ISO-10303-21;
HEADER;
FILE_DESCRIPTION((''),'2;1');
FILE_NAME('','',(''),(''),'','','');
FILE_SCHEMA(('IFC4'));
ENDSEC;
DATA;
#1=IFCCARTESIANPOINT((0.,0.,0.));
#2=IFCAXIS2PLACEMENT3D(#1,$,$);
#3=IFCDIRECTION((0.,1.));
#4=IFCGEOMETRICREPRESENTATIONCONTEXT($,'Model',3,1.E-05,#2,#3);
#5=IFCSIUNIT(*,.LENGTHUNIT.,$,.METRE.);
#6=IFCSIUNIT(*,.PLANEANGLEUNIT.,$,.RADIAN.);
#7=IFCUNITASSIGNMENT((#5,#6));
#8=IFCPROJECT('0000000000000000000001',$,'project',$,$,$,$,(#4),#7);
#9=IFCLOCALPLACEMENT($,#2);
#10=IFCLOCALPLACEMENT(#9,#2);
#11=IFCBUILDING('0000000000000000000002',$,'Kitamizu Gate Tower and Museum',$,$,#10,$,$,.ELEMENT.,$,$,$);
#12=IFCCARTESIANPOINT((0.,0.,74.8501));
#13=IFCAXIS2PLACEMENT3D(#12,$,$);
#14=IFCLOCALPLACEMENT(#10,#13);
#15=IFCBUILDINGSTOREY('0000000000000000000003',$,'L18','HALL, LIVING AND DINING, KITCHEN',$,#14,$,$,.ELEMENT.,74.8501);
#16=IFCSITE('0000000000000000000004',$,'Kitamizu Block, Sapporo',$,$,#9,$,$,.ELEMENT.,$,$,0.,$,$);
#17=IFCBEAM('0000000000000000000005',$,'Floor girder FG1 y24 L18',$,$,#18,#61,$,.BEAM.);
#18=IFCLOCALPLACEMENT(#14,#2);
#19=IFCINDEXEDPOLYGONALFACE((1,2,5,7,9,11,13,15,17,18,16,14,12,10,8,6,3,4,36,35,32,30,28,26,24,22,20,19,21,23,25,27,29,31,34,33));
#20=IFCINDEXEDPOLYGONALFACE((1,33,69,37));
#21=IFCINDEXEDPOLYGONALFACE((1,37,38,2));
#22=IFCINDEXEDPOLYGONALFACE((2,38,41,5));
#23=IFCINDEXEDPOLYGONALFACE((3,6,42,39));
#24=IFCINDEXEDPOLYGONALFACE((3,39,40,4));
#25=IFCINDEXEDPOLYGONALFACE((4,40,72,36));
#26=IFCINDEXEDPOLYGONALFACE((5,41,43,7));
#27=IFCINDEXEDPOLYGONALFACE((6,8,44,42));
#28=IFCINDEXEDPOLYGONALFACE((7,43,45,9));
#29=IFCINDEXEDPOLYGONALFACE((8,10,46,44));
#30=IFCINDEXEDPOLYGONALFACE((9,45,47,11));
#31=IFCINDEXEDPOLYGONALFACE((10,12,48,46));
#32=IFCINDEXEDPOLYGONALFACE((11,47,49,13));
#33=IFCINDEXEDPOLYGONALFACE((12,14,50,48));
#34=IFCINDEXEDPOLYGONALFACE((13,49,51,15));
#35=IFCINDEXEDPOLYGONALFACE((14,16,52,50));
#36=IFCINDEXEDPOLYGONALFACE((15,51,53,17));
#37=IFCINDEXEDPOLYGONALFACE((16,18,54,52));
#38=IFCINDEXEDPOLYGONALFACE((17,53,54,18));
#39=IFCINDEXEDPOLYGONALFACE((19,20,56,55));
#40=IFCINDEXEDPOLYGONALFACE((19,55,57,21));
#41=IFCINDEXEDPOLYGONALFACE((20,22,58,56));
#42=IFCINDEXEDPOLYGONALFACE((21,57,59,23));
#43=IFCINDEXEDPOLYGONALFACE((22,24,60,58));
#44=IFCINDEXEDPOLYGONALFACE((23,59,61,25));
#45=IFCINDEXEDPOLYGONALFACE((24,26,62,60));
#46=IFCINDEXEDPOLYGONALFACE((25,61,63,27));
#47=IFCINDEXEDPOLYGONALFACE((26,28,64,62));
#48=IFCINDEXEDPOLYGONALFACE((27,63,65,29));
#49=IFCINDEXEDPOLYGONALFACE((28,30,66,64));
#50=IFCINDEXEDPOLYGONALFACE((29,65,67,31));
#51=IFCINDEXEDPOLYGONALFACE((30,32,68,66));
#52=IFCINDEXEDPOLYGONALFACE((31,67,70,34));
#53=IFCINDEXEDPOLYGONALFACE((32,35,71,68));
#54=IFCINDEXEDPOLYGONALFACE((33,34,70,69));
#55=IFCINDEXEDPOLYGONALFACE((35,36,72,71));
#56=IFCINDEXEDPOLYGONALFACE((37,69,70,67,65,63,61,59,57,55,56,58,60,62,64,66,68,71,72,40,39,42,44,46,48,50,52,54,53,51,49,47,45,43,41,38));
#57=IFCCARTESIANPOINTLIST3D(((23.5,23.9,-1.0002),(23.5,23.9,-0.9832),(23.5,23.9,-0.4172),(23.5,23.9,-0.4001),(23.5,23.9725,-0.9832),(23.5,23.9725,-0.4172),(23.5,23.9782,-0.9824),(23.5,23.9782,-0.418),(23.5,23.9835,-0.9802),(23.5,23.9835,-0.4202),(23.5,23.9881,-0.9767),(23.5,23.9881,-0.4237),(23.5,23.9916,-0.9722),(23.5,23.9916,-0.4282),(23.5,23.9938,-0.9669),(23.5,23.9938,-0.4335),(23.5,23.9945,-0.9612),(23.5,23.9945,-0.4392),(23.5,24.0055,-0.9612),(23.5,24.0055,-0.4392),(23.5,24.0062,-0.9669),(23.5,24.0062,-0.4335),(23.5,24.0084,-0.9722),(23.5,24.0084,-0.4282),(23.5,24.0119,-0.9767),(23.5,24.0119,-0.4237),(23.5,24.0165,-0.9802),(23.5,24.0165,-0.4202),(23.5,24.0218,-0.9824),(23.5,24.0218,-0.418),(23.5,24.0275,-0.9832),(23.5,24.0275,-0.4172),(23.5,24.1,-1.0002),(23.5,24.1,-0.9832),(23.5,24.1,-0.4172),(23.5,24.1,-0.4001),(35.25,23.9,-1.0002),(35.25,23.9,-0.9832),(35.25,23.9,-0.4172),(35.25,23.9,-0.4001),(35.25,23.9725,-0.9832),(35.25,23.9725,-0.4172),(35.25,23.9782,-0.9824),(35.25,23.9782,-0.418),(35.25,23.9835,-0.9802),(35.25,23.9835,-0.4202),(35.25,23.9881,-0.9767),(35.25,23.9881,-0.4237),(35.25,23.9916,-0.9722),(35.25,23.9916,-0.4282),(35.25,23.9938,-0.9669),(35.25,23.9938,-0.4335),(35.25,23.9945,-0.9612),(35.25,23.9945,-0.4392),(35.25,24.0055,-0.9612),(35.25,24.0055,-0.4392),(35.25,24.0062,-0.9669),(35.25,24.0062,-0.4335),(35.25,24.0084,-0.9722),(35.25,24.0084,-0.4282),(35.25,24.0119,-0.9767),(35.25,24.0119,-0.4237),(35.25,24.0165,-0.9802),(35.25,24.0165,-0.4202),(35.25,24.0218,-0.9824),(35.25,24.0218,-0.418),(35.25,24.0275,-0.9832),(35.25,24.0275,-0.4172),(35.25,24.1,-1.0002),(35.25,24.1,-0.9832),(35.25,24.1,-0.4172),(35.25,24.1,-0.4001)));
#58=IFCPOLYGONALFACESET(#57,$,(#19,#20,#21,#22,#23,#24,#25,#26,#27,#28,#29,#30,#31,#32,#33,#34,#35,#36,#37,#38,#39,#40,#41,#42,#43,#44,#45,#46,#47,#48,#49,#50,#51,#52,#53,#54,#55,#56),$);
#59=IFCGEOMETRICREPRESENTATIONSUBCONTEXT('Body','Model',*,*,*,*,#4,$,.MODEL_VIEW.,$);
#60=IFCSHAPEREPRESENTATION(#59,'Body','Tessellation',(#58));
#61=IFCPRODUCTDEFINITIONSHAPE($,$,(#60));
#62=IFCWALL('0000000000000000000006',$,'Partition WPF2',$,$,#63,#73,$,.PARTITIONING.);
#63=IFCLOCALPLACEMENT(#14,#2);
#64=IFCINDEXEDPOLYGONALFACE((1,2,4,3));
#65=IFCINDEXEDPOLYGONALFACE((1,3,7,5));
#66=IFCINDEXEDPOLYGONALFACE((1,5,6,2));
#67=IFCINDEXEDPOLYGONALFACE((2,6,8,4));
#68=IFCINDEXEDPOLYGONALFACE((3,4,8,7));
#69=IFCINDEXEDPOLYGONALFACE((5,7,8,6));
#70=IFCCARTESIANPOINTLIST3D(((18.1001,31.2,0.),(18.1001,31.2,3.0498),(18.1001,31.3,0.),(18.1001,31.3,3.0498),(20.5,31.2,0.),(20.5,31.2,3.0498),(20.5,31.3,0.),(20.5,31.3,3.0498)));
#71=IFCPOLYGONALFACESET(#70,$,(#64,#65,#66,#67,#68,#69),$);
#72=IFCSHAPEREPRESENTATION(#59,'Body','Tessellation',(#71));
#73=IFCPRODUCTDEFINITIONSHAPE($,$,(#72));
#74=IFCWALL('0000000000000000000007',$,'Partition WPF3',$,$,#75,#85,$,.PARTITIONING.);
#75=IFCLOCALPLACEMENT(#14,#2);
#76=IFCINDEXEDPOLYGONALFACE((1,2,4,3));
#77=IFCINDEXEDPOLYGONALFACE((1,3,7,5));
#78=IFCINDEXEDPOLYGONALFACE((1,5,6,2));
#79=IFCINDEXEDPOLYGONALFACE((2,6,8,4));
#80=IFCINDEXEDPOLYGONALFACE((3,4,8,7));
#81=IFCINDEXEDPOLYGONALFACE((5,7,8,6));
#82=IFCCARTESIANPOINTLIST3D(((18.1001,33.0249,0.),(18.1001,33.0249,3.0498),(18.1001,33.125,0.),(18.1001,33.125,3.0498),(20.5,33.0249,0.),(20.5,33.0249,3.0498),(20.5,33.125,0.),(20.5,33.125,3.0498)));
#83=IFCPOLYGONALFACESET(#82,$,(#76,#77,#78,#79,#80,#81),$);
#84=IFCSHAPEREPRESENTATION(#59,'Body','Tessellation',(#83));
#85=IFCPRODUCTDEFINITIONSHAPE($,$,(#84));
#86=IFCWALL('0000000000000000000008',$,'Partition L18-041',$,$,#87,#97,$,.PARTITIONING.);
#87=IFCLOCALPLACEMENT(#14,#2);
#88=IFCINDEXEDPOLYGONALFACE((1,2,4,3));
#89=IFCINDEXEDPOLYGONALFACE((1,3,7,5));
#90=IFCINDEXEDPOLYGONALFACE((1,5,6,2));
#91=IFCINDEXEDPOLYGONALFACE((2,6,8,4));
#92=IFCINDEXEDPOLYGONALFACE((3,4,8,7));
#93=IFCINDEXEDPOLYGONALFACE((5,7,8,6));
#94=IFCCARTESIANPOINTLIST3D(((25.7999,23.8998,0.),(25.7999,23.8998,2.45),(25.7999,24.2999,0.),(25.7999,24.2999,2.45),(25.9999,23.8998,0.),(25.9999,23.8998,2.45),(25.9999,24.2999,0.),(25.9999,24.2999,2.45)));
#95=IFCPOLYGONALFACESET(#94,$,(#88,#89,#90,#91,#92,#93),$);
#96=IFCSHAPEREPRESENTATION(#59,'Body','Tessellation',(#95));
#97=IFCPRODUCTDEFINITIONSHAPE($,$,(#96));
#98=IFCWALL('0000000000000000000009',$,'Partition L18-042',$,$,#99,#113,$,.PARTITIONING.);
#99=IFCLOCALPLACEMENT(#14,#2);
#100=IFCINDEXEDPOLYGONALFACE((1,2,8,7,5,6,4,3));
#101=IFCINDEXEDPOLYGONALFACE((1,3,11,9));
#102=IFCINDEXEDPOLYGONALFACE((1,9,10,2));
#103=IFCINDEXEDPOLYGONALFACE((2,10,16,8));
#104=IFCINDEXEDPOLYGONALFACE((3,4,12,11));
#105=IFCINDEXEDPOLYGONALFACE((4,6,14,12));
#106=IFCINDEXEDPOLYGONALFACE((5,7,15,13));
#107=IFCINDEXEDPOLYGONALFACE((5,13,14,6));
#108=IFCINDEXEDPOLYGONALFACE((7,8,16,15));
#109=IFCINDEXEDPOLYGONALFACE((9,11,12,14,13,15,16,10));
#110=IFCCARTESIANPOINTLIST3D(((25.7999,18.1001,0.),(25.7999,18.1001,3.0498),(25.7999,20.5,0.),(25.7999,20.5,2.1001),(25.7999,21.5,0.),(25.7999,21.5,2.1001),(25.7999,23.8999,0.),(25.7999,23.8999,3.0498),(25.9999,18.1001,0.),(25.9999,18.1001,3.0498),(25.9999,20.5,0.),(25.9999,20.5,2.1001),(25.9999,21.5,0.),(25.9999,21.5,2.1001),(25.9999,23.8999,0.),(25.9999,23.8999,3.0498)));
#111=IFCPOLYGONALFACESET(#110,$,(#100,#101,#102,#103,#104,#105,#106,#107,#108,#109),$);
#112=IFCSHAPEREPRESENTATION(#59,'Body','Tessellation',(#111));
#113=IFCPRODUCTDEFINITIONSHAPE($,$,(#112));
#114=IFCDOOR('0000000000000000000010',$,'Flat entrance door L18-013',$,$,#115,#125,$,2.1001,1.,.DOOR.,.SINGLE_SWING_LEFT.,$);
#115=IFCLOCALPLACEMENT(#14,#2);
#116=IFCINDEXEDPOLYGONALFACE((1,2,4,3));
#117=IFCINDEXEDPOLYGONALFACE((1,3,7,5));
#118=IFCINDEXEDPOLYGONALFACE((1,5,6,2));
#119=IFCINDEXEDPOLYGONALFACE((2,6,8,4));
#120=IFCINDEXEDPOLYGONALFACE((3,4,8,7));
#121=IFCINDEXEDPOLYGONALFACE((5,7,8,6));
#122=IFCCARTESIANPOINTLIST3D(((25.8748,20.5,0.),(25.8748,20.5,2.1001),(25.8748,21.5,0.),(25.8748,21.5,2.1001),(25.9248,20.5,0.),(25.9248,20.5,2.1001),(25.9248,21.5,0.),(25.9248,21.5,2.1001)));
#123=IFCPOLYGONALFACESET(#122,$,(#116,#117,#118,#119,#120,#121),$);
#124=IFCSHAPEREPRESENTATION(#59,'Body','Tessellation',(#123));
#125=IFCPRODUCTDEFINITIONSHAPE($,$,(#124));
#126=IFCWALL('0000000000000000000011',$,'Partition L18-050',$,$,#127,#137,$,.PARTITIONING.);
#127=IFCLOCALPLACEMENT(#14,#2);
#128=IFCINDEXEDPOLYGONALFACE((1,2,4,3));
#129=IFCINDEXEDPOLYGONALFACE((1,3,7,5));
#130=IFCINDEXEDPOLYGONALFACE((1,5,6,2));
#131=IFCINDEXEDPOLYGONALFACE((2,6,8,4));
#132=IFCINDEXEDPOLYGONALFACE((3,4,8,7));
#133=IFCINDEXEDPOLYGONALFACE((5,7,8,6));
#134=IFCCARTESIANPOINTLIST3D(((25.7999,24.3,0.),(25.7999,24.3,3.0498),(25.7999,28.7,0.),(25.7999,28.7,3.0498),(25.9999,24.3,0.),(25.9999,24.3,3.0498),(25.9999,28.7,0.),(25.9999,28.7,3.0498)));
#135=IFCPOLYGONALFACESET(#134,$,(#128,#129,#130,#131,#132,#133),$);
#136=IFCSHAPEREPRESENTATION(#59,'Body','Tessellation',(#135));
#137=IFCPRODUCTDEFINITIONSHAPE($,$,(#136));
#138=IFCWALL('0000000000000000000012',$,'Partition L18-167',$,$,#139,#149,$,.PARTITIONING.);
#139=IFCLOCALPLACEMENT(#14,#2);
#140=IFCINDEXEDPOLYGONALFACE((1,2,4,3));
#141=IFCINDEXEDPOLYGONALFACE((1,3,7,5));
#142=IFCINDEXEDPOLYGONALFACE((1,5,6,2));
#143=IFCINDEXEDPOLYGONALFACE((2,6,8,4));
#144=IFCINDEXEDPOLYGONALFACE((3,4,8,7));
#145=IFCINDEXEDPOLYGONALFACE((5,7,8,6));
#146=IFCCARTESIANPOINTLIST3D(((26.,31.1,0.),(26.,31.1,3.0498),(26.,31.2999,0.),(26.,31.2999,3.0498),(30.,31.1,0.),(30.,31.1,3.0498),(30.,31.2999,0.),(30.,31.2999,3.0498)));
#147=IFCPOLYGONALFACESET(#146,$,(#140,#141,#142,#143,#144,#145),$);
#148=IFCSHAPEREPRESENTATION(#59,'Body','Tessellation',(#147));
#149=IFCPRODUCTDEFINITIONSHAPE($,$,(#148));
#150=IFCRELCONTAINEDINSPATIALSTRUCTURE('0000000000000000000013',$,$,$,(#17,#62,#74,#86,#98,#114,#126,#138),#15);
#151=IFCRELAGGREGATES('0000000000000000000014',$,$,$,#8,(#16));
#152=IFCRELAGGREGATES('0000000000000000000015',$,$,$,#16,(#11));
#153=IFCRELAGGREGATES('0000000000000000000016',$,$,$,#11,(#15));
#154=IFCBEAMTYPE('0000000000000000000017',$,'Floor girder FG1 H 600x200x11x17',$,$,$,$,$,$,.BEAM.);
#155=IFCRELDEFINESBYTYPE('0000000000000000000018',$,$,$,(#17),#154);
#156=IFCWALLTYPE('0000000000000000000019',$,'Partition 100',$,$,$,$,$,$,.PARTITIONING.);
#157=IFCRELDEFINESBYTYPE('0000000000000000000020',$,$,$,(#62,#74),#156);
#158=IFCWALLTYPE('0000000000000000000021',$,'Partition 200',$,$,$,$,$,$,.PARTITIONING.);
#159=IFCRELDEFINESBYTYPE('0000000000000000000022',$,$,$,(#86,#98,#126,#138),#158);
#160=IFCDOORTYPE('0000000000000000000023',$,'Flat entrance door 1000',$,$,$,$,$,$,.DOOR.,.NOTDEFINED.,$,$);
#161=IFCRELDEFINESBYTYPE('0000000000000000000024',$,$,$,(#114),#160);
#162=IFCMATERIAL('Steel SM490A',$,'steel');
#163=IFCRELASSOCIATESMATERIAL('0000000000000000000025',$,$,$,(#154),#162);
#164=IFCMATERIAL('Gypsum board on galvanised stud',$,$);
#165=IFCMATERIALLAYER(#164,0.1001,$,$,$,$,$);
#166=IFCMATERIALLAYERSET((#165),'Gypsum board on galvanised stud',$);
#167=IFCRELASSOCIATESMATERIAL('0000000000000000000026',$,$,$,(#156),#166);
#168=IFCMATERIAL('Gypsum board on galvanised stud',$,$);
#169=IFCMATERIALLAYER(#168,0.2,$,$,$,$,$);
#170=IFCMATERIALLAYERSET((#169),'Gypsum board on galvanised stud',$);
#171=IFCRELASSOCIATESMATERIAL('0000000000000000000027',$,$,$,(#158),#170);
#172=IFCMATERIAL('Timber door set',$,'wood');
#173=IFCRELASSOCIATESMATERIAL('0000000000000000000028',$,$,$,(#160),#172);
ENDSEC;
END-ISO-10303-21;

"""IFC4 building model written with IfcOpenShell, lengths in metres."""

from ifc_helpers import new_model, si_unit, direction, frame, frame_2d, origin, origin_2d, place, context, subcontext, project, spatial, rectangle, i_section, extrude, material, layer, layer_set, material_profile, profile_set, type_object, element, fill, save


model = new_model("IFC4")

# Units and contexts
model_context = context("Model", 3, precision=1e-05, world=origin(), true_north=direction((0.0, 1.0)))
body_context = subcontext(model_context, "Body", "Model", "MODEL_VIEW")
ifc_project = project(units=[si_unit("LENGTHUNIT", "METRE"), si_unit("PLANEANGLEUNIT", "RADIAN")], contexts=[model_context])

# Site, building, storey
site_placement = place(None, origin())
site = spatial("IfcSite", under=ifc_project, at=site_placement, Name="Kitamizu Block, Sapporo", CompositionType="ELEMENT", RefElevation=0.0)
building_placement = place(site_placement, origin())
building = spatial("IfcBuilding", under=site, at=building_placement, Name="Kitamizu Gate Tower and Museum", CompositionType="ELEMENT")
storey_placement = place(building_placement, frame((0.0, 0.0, 74.8501)))
storey = spatial("IfcBuildingStorey", under=building, at=storey_placement, Name="L18", Description="HALL, LIVING AND DINING, KITCHEN", CompositionType="ELEMENT", Elevation=74.8501)

# Beam
ifc_material_1 = material(Name="Steel SM490A", Category="steel")
ifc_material_profile = material_profile(ifc_material_1, i_section(OverallWidth=0.2, OverallDepth=0.6001, WebThickness=0.011, FlangeThickness=0.0171, FilletRadius=0.022, at=origin_2d()), Name="H-600x200x11x17")
ifc_profile_set = profile_set([ifc_material_profile], Name="Steel SM490A")
beam_type = type_object("IfcBeamType", Name="Floor girder FG1 H 600x200x11x17", PredefinedType="BEAM", material=ifc_profile_set)
beam_placement = place(storey_placement, frame((23.5, 24.0, -0.7002), z_axis=(1.0, 0.0, 0.0), x_axis=(0.0, 1.0, 0.0)))
element("IfcBeam", 1, at=beam_placement, inside=storey, type_object=beam_type, Name="Floor girder FG1 y24 L18", PredefinedType="BEAM", context=body_context, shape_type="SweptSolid", body=[
    extrude(i_section(OverallWidth=0.2, OverallDepth=0.6001, WebThickness=0.011, FlangeThickness=0.0171, FilletRadius=0.022, at=origin_2d()), origin(), (0.0, 0.0, 1.0), 11.75),
])

# Walls
ifc_material_2 = material(Name="Gypsum board on galvanised stud")
ifc_layer_1 = layer(ifc_material_2, 0.1001)
ifc_layer_set_1 = layer_set([ifc_layer_1], Name="Gypsum board on galvanised stud")
wall_type_1 = type_object("IfcWallType", Name="Partition 100", PredefinedType="PARTITIONING", material=ifc_layer_set_1)
for number, where, z_axis, x_axis, name in (
    (2, (18.1001, 31.25, 0.0), (0.0, 0.0, 1.0), (1.0, 0.0, 0.0), "Partition WPF2"),
    (3, (18.1001, 33.075, 0.0), (0.0, 0.0, 1.0), (1.0, 0.0, 0.0), "Partition WPF3"),
):
    element("IfcWall", number, at=place(storey_placement, frame(where, z_axis=z_axis, x_axis=x_axis)), inside=storey, type_object=wall_type_1, Name=name, PredefinedType="PARTITIONING", context=body_context, shape_type="SweptSolid", body=[
        extrude(rectangle(XDim=2.3999, YDim=0.1001, at=frame_2d((1.2, 0.0))), origin(), (0.0, 0.0, 1.0), 3.0498),
    ])
ifc_material_3 = material(Name="Gypsum board on galvanised stud")
ifc_layer_2 = layer(ifc_material_3, 0.2)
ifc_layer_set_2 = layer_set([ifc_layer_2], Name="Gypsum board on galvanised stud")
wall_type_2 = type_object("IfcWallType", Name="Partition 200", PredefinedType="PARTITIONING", material=ifc_layer_set_2)
wall_1_placement = place(storey_placement, frame((25.8999, 24.3, 0.0), z_axis=(0.0, 0.0, 1.0), x_axis=(0.0, -1.0, 0.0)))
element("IfcWall", 4, at=wall_1_placement, inside=storey, type_object=wall_type_2, Name="Partition L18-041", PredefinedType="PARTITIONING", context=body_context, shape_type="SweptSolid", body=[
    extrude(rectangle(XDim=0.4001, YDim=0.2, at=frame_2d((0.2002, 0.0))), origin(), (0.0, 0.0, 1.0), 2.45),
])

# Wall, opening, door
wall_2_placement = place(storey_placement, frame((25.8999, 23.8999, 0.0), z_axis=(0.0, 0.0, 1.0), x_axis=(0.0, -1.0, 0.0)))
wall_2 = element("IfcWall", 5, at=wall_2_placement, inside=storey, type_object=wall_type_2, Name="Partition L18-042", PredefinedType="PARTITIONING", context=body_context, shape_type="SweptSolid", body=[
    extrude(rectangle(XDim=5.7998, YDim=0.2, at=frame_2d((2.8999, 0.0))), origin(), (0.0, 0.0, 1.0), 3.0498),
])
opening_1_placement = place(wall_2_placement, frame((2.3999, 0.0, 0.0)))
opening_1 = element("IfcOpeningElement", 6, at=opening_1_placement, cuts=wall_2, PredefinedType="OPENING", context=body_context, shape_type="SweptSolid", body=[
    extrude(rectangle(XDim=1.0, YDim=2.1001, at=frame_2d((0.5, 1.05))), frame((0.0, 0.1099, 0.0), z_axis=(0.0, -1.0, 0.0), x_axis=(1.0, 0.0, 0.0)), (0.0, 0.0, 1.0), 0.22),
])
ifc_material_4 = material(Name="Timber door set", Category="wood")
door_type_1 = type_object("IfcDoorType", Name="Flat entrance door 1000", OperationType="NOTDEFINED", PredefinedType="DOOR", material=ifc_material_4)
door_1_placement = place(opening_1_placement, origin())
door_1 = element("IfcDoor", 7, at=door_1_placement, inside=storey, type_object=door_type_1, Name="Flat entrance door L18-013", OperationType="SINGLE_SWING_LEFT", OverallHeight=2.1001, OverallWidth=1.0, PredefinedType="DOOR", context=body_context, shape_type="SweptSolid", body=[
    extrude(rectangle(XDim=1.0, YDim=2.1001, at=frame_2d((0.5, 1.05))), frame((0.0, 0.0249, 0.0), z_axis=(0.0, -1.0, 0.0), x_axis=(1.0, 0.0, 0.0)), (0.0, 0.0, 1.0), 0.05),
])
fill(opening_1, door_1)

# Walls
wall_3_placement = place(storey_placement, frame((25.8999, 28.7, 0.0), z_axis=(0.0, 0.0, 1.0), x_axis=(0.0, -1.0, 0.0)))
element("IfcWall", 8, at=wall_3_placement, inside=storey, type_object=wall_type_2, Name="Partition L18-050", PredefinedType="PARTITIONING", context=body_context, shape_type="SweptSolid", body=[
    extrude(rectangle(XDim=4.3999, YDim=0.2, at=frame_2d((2.2, 0.0))), origin(), (0.0, 0.0, 1.0), 3.0498),
])
wall_4_placement = place(storey_placement, frame((26.0, 31.2, 0.0), z_axis=(0.0, 0.0, 1.0), x_axis=(1.0, 0.0, 0.0)))
element("IfcWall", 9, at=wall_4_placement, inside=storey, type_object=wall_type_2, Name="Partition L18-167", PredefinedType="PARTITIONING", context=body_context, shape_type="SweptSolid", body=[
    extrude(rectangle(XDim=4.0, YDim=0.2, at=frame_2d((2.0, 0.0))), origin(), (0.0, 0.0, 1.0), 3.0498),
])

save(model, "model.ifc")
